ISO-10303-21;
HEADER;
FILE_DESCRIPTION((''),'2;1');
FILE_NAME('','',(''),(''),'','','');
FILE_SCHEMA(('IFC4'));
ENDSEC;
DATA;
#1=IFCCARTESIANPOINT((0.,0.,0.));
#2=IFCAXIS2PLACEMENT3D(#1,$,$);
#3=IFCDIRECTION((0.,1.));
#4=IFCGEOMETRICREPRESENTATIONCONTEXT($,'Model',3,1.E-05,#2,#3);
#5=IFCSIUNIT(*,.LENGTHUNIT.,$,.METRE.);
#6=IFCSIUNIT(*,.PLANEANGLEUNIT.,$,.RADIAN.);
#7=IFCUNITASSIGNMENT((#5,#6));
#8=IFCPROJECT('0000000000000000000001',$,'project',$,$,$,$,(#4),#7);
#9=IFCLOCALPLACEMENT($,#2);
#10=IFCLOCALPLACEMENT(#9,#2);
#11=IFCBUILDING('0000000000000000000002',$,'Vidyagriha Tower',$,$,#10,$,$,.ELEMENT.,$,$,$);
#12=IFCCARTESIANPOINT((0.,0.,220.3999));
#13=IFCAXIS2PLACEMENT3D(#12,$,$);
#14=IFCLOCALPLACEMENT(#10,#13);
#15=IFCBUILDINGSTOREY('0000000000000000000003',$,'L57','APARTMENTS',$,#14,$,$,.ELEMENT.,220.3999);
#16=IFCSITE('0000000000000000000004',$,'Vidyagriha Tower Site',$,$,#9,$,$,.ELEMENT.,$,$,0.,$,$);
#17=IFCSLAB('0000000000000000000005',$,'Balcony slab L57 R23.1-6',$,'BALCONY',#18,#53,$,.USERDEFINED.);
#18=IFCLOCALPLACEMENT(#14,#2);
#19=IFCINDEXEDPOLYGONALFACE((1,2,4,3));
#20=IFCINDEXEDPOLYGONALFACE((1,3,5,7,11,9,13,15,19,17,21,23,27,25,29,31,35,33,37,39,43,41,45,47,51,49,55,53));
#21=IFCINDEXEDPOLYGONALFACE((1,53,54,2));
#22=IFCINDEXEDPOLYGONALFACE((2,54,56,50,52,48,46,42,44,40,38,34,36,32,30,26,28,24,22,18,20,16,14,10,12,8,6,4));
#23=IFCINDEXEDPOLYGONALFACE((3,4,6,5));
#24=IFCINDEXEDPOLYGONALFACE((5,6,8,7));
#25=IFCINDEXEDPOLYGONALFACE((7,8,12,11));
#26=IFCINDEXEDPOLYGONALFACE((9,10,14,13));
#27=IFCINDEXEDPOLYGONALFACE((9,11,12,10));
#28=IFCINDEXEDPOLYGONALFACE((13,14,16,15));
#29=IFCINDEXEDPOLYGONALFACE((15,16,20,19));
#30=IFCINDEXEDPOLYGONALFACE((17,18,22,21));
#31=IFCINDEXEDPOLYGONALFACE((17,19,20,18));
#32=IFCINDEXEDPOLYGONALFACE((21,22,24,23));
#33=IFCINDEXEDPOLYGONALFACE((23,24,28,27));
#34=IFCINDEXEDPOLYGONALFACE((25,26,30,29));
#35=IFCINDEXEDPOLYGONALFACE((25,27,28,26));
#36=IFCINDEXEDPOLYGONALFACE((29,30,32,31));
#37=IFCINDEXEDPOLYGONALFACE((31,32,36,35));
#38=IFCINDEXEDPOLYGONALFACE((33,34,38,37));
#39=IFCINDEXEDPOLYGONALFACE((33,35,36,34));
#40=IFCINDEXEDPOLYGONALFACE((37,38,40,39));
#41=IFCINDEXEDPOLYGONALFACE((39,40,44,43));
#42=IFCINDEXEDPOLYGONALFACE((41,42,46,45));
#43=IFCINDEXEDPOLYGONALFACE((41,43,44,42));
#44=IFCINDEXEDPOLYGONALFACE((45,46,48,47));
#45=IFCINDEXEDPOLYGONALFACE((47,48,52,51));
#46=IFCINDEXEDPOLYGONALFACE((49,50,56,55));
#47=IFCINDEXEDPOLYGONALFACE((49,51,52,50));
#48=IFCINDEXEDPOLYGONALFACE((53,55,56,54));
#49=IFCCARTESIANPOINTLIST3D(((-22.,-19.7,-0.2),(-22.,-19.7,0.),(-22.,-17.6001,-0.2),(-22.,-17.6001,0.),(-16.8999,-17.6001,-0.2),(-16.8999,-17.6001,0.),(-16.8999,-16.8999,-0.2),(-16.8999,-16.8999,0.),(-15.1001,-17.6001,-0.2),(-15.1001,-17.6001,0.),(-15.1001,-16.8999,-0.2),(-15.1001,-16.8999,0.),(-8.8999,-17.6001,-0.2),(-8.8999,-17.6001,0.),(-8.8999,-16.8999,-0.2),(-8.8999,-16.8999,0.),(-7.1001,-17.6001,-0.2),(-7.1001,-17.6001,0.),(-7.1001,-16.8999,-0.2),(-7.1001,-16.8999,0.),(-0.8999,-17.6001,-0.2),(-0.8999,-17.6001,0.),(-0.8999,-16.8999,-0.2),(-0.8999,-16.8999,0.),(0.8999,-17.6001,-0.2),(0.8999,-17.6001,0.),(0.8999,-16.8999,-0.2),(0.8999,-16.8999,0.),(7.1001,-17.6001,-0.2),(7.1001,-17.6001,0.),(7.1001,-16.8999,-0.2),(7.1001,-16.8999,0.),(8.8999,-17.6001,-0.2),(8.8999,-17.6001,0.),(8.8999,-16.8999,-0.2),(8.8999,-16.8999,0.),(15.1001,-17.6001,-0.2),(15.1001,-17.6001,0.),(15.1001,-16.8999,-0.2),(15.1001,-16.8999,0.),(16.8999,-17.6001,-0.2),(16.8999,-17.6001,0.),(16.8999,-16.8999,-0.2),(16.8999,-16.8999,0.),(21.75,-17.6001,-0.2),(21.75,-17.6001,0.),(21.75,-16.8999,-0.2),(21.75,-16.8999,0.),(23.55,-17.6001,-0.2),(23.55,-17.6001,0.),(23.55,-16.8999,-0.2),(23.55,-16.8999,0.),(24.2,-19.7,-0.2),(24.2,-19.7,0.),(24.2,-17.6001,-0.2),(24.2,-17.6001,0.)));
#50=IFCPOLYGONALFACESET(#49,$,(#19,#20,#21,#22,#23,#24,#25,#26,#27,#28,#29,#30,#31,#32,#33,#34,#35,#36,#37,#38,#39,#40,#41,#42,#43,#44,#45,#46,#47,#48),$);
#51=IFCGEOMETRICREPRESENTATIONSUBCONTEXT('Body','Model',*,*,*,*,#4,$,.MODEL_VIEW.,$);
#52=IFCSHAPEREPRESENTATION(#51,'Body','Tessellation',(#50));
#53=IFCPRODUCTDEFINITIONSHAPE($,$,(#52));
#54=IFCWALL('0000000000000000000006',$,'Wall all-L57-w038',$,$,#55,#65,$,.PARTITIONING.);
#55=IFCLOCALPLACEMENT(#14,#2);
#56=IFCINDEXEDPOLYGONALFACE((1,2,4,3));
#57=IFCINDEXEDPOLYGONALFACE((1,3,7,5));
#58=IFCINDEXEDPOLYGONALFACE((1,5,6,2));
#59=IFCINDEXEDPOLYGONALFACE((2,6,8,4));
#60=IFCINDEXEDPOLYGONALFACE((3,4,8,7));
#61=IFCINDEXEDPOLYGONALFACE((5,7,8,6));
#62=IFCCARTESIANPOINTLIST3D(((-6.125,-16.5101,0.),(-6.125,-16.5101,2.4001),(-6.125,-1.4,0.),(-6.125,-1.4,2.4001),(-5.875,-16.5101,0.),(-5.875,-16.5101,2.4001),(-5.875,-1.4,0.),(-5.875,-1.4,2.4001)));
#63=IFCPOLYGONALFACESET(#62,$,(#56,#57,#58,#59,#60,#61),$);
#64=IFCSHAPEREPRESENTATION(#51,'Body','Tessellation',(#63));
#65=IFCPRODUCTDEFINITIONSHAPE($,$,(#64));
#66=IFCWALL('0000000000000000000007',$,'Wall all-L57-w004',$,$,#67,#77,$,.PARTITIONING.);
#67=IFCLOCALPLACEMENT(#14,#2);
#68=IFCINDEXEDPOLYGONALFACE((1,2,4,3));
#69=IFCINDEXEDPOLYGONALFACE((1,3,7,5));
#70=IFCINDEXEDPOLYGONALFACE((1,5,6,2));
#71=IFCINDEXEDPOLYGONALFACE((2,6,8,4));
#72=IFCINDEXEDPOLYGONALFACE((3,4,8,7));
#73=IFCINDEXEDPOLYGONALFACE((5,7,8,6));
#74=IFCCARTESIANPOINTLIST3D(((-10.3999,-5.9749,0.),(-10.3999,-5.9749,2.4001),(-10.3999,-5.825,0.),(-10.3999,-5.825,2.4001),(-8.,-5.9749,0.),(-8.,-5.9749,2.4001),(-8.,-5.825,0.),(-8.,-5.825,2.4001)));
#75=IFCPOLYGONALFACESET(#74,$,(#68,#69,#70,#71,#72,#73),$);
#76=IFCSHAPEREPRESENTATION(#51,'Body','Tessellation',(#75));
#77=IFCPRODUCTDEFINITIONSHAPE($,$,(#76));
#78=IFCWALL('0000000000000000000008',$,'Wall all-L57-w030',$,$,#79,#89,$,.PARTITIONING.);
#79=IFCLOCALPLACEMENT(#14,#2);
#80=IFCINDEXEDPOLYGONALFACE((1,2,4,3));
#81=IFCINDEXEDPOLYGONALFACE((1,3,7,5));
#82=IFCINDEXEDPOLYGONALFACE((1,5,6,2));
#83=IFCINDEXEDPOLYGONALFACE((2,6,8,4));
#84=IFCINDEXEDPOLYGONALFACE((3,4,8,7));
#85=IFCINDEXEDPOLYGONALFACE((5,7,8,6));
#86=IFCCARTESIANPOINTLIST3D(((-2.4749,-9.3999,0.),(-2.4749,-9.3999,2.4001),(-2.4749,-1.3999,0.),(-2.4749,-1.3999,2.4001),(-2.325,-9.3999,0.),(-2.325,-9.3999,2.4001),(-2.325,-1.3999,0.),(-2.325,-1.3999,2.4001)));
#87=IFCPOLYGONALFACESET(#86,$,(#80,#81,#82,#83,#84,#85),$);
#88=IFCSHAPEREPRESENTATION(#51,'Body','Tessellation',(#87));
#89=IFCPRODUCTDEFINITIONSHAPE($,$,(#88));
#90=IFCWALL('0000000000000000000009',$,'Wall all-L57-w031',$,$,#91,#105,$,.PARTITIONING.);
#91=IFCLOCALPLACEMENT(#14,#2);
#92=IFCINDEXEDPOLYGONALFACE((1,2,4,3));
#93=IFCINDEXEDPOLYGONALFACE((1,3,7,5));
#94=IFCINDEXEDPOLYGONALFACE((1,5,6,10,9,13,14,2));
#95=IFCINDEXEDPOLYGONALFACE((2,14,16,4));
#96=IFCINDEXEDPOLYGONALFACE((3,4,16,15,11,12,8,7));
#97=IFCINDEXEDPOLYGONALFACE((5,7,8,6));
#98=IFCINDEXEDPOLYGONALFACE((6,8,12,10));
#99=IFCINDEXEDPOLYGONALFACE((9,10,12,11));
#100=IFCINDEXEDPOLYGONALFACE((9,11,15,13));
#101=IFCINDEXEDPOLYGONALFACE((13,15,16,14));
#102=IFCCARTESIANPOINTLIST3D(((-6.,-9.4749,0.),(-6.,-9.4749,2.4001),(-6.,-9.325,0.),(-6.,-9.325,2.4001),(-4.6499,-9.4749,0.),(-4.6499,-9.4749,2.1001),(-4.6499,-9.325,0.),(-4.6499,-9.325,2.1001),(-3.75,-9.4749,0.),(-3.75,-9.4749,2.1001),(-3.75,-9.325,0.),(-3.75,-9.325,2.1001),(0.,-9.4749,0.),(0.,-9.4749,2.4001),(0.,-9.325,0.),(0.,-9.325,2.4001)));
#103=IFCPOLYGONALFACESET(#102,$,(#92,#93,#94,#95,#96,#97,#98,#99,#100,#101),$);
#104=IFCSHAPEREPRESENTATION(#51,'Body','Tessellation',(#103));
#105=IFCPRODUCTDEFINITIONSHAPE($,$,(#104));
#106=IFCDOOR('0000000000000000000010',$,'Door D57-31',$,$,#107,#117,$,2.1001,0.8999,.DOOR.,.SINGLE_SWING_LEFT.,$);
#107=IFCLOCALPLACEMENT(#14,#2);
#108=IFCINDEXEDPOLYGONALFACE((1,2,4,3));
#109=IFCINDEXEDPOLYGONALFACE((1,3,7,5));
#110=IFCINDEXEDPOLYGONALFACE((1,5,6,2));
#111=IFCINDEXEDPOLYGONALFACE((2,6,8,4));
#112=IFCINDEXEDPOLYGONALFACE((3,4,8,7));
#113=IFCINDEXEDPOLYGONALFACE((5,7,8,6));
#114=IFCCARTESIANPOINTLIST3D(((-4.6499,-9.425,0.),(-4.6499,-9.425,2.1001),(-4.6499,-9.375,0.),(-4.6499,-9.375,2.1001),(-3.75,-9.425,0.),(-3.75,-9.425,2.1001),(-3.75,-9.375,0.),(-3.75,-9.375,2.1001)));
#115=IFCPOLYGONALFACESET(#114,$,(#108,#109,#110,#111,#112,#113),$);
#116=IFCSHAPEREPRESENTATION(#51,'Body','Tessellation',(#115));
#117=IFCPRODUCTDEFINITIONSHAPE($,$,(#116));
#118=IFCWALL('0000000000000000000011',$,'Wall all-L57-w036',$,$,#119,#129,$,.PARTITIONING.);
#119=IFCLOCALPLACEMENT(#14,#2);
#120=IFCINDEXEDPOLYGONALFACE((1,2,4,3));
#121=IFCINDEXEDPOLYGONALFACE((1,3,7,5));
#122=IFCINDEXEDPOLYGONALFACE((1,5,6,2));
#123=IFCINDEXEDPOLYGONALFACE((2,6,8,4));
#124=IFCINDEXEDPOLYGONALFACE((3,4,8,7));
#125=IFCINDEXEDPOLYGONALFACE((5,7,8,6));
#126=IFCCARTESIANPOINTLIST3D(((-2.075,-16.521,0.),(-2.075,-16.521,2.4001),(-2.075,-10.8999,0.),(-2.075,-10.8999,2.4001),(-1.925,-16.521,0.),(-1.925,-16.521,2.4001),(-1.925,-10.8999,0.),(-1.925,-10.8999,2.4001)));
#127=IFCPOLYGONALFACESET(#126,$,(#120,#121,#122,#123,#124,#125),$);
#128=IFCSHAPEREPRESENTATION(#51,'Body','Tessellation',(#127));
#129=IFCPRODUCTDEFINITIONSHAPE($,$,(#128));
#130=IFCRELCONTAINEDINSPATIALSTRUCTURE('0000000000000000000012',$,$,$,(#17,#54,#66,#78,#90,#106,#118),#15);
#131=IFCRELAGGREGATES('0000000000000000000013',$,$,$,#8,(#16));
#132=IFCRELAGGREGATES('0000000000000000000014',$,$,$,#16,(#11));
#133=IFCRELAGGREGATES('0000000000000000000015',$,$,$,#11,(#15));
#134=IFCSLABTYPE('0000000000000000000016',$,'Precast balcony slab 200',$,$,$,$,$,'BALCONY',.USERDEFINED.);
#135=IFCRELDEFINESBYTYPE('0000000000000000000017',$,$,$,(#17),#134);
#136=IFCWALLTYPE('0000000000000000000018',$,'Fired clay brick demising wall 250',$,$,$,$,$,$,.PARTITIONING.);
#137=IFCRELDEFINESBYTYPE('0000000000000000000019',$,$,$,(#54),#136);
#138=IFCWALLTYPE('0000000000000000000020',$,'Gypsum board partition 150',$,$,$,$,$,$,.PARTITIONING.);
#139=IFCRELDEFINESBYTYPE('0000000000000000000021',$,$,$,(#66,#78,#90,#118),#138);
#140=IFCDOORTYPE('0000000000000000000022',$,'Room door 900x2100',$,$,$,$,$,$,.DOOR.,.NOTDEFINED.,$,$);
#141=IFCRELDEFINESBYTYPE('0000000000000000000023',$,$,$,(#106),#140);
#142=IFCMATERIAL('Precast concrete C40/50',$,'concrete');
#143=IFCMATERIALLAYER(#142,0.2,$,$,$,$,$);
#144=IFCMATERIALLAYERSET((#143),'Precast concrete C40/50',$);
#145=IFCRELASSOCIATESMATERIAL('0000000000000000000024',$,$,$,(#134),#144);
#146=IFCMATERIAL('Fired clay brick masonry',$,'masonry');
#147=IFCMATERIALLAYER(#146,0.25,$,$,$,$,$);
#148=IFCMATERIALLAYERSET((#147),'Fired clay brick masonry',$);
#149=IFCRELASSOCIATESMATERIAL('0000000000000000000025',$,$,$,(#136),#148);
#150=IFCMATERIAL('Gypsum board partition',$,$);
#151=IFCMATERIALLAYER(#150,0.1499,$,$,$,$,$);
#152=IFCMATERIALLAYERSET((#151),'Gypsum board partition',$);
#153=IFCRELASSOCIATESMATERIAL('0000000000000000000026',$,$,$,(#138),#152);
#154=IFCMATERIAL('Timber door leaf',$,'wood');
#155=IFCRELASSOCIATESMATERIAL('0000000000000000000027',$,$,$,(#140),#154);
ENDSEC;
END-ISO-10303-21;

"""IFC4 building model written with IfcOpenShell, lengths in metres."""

from ifc_helpers import new_model, si_unit, direction, frame, frame_2d, origin, place, context, subcontext, project, spatial, polyline, rectangle, outline, extrude, material, layer, layer_set, type_object, element, fill, save


model = new_model("IFC4")

# Units and contexts
model_context = context("Model", 3, precision=1e-05, world=origin(), true_north=direction((0.0, 1.0)))
body_context = subcontext(model_context, "Body", "Model", "MODEL_VIEW")
ifc_project = project(units=[si_unit("LENGTHUNIT", "METRE"), si_unit("PLANEANGLEUNIT", "RADIAN")], contexts=[model_context])

# Site, building, storey
site_placement = place(None, origin())
site = spatial("IfcSite", under=ifc_project, at=site_placement, Name="Vidyagriha Tower Site", CompositionType="ELEMENT", RefElevation=0.0)
building_placement = place(site_placement, origin())
building = spatial("IfcBuilding", under=site, at=building_placement, Name="Vidyagriha Tower", CompositionType="ELEMENT")
storey_placement = place(building_placement, frame((0.0, 0.0, 220.3999)))
storey = spatial("IfcBuildingStorey", under=building, at=storey_placement, Name="L57", Description="APARTMENTS", CompositionType="ELEMENT", Elevation=220.3999)

# Slab
ifc_material_1 = material(Name="Precast concrete C40/50", Category="concrete")
ifc_layer_1 = layer(ifc_material_1, 0.2)
ifc_layer_set_1 = layer_set([ifc_layer_1], Name="Precast concrete C40/50")
slab_type_1 = type_object("IfcSlabType", Name="Precast balcony slab 200", ElementType="BALCONY", PredefinedType="USERDEFINED", material=ifc_layer_set_1)
slab_1_placement = place(storey_placement, frame((0.0, 0.0, -0.2)))
element("IfcSlab", 1, at=slab_1_placement, inside=storey, type_object=slab_type_1, Name="Balcony slab L57 R23.1-6", ObjectType="BALCONY", PredefinedType="USERDEFINED", context=body_context, shape_type="SweptSolid", body=[
    extrude(outline(polyline([(-16.8999, -16.8999), (-16.8999, -17.6001), (-22.0, -17.6001), (-22.0, -19.7), (24.2, -19.7), (24.2, -17.6001), (23.55, -17.6001), (23.55, -16.8999), (21.75, -16.8999), (21.75, -17.6001), (16.8999, -17.6001), (16.8999, -16.8999), (15.1001, -16.8999), (15.1001, -17.6001), (8.8999, -17.6001), (8.8999, -16.8999), (7.1001, -16.8999), (7.1001, -17.6001), (0.8999, -17.6001), (0.8999, -16.8999), (-0.8999, -16.8999), (-0.8999, -17.6001), (-7.1001, -17.6001), (-7.1001, -16.8999), (-8.8999, -16.8999), (-8.8999, -17.6001), (-15.1001, -17.6001), (-15.1001, -16.8999), (-16.8999, -16.8999)])), origin(), (0.0, 0.0, 1.0), 0.2),
])

# Walls
ifc_material_2 = material(Name="Fired clay brick masonry", Category="masonry")
ifc_layer_2 = layer(ifc_material_2, 0.25)
ifc_layer_set_2 = layer_set([ifc_layer_2], Name="Fired clay brick masonry")
wall_type_1 = type_object("IfcWallType", Name="Fired clay brick demising wall 250", PredefinedType="PARTITIONING", material=ifc_layer_set_2)
wall_1_placement = place(storey_placement, frame((-6.0, -1.3999, 0.0), z_axis=(0.0, 0.0, 1.0), x_axis=(0.0, -1.0, 0.0)))
element("IfcWall", 2, at=wall_1_placement, inside=storey, type_object=wall_type_1, Name="Wall all-L57-w038", PredefinedType="PARTITIONING", context=body_context, shape_type="SweptSolid", body=[
    extrude(rectangle(XDim=15.1101, YDim=0.25, at=frame_2d((7.5552, 0.0))), origin(), (0.0, 0.0, 1.0), 2.4001),
])
ifc_material_3 = material(Name="Gypsum board partition")
ifc_layer_3 = layer(ifc_material_3, 0.1499)
ifc_layer_set_3 = layer_set([ifc_layer_3], Name="Gypsum board partition")
wall_type_2 = type_object("IfcWallType", Name="Gypsum board partition 150", PredefinedType="PARTITIONING", material=ifc_layer_set_3)
wall_2_placement = place(storey_placement, frame((-8.0, -5.8999, 0.0), z_axis=(0.0, 0.0, 1.0), x_axis=(-1.0, 0.0, 0.0)))
element("IfcWall", 3, at=wall_2_placement, inside=storey, type_object=wall_type_2, Name="Wall all-L57-w004", PredefinedType="PARTITIONING", context=body_context, shape_type="SweptSolid", body=[
    extrude(rectangle(XDim=2.3999, YDim=0.1499, at=frame_2d((1.2, 0.0))), origin(), (0.0, 0.0, 1.0), 2.4001),
])
wall_3_placement = place(storey_placement, frame((-2.3999, -9.3999, 0.0), z_axis=(0.0, 0.0, 1.0), x_axis=(0.0, 1.0, 0.0)))
element("IfcWall", 4, at=wall_3_placement, inside=storey, type_object=wall_type_2, Name="Wall all-L57-w030", PredefinedType="PARTITIONING", context=body_context, shape_type="SweptSolid", body=[
    extrude(rectangle(XDim=8.0, YDim=0.1499, at=frame_2d((4.0, 0.0))), origin(), (0.0, 0.0, 1.0), 2.4001),
])

# Wall, opening, door
wall_4_placement = place(storey_placement, frame((-6.0, -9.3999, 0.0)))
wall_4 = element("IfcWall", 5, at=wall_4_placement, inside=storey, type_object=wall_type_2, Name="Wall all-L57-w031", PredefinedType="PARTITIONING", context=body_context, shape_type="SweptSolid", body=[
    extrude(rectangle(XDim=6.0, YDim=0.1499, at=frame_2d((3.0, 0.0))), origin(), (0.0, 0.0, 1.0), 2.4001),
])
opening_1_placement = place(wall_4_placement, frame((1.3501, 0.0, 0.0)))
opening_1 = element("IfcOpeningElement", 6, at=opening_1_placement, cuts=wall_4, PredefinedType="OPENING", context=body_context, shape_type="SweptSolid", body=[
    extrude(rectangle(XDim=0.8999, YDim=2.1001, at=frame_2d((0.45, 1.05))), frame((0.0, 0.085, 0.0), z_axis=(0.0, -1.0, 0.0), x_axis=(1.0, 0.0, 0.0)), (0.0, 0.0, 1.0), 0.1699),
])
ifc_material_4 = material(Name="Timber door leaf", Category="wood")
door_type_1 = type_object("IfcDoorType", Name="Room door 900x2100", OperationType="NOTDEFINED", PredefinedType="DOOR", material=ifc_material_4)
door_1_placement = place(opening_1_placement, origin())
door_1 = element("IfcDoor", 7, at=door_1_placement, inside=storey, type_object=door_type_1, Name="Door D57-31", OperationType="SINGLE_SWING_LEFT", OverallHeight=2.1001, OverallWidth=0.8999, PredefinedType="DOOR", context=body_context, shape_type="SweptSolid", body=[
    extrude(rectangle(XDim=0.8999, YDim=2.1001, at=frame_2d((0.45, 1.05))), frame((0.0, 0.0249, 0.0), z_axis=(0.0, -1.0, 0.0), x_axis=(1.0, 0.0, 0.0)), (0.0, 0.0, 1.0), 0.05),
])
fill(opening_1, door_1)

# Wall
wall_5_placement = place(storey_placement, frame((-2.0, -10.8999, 0.0), z_axis=(0.0, 0.0, 1.0), x_axis=(0.0, -1.0, 0.0)))
element("IfcWall", 8, at=wall_5_placement, inside=storey, type_object=wall_type_2, Name="Wall all-L57-w036", PredefinedType="PARTITIONING", context=body_context, shape_type="SweptSolid", body=[
    extrude(rectangle(XDim=5.6211, YDim=0.1499, at=frame_2d((2.8105, 0.0))), origin(), (0.0, 0.0, 1.0), 2.4001),
])

save(model, "model.ifc")
